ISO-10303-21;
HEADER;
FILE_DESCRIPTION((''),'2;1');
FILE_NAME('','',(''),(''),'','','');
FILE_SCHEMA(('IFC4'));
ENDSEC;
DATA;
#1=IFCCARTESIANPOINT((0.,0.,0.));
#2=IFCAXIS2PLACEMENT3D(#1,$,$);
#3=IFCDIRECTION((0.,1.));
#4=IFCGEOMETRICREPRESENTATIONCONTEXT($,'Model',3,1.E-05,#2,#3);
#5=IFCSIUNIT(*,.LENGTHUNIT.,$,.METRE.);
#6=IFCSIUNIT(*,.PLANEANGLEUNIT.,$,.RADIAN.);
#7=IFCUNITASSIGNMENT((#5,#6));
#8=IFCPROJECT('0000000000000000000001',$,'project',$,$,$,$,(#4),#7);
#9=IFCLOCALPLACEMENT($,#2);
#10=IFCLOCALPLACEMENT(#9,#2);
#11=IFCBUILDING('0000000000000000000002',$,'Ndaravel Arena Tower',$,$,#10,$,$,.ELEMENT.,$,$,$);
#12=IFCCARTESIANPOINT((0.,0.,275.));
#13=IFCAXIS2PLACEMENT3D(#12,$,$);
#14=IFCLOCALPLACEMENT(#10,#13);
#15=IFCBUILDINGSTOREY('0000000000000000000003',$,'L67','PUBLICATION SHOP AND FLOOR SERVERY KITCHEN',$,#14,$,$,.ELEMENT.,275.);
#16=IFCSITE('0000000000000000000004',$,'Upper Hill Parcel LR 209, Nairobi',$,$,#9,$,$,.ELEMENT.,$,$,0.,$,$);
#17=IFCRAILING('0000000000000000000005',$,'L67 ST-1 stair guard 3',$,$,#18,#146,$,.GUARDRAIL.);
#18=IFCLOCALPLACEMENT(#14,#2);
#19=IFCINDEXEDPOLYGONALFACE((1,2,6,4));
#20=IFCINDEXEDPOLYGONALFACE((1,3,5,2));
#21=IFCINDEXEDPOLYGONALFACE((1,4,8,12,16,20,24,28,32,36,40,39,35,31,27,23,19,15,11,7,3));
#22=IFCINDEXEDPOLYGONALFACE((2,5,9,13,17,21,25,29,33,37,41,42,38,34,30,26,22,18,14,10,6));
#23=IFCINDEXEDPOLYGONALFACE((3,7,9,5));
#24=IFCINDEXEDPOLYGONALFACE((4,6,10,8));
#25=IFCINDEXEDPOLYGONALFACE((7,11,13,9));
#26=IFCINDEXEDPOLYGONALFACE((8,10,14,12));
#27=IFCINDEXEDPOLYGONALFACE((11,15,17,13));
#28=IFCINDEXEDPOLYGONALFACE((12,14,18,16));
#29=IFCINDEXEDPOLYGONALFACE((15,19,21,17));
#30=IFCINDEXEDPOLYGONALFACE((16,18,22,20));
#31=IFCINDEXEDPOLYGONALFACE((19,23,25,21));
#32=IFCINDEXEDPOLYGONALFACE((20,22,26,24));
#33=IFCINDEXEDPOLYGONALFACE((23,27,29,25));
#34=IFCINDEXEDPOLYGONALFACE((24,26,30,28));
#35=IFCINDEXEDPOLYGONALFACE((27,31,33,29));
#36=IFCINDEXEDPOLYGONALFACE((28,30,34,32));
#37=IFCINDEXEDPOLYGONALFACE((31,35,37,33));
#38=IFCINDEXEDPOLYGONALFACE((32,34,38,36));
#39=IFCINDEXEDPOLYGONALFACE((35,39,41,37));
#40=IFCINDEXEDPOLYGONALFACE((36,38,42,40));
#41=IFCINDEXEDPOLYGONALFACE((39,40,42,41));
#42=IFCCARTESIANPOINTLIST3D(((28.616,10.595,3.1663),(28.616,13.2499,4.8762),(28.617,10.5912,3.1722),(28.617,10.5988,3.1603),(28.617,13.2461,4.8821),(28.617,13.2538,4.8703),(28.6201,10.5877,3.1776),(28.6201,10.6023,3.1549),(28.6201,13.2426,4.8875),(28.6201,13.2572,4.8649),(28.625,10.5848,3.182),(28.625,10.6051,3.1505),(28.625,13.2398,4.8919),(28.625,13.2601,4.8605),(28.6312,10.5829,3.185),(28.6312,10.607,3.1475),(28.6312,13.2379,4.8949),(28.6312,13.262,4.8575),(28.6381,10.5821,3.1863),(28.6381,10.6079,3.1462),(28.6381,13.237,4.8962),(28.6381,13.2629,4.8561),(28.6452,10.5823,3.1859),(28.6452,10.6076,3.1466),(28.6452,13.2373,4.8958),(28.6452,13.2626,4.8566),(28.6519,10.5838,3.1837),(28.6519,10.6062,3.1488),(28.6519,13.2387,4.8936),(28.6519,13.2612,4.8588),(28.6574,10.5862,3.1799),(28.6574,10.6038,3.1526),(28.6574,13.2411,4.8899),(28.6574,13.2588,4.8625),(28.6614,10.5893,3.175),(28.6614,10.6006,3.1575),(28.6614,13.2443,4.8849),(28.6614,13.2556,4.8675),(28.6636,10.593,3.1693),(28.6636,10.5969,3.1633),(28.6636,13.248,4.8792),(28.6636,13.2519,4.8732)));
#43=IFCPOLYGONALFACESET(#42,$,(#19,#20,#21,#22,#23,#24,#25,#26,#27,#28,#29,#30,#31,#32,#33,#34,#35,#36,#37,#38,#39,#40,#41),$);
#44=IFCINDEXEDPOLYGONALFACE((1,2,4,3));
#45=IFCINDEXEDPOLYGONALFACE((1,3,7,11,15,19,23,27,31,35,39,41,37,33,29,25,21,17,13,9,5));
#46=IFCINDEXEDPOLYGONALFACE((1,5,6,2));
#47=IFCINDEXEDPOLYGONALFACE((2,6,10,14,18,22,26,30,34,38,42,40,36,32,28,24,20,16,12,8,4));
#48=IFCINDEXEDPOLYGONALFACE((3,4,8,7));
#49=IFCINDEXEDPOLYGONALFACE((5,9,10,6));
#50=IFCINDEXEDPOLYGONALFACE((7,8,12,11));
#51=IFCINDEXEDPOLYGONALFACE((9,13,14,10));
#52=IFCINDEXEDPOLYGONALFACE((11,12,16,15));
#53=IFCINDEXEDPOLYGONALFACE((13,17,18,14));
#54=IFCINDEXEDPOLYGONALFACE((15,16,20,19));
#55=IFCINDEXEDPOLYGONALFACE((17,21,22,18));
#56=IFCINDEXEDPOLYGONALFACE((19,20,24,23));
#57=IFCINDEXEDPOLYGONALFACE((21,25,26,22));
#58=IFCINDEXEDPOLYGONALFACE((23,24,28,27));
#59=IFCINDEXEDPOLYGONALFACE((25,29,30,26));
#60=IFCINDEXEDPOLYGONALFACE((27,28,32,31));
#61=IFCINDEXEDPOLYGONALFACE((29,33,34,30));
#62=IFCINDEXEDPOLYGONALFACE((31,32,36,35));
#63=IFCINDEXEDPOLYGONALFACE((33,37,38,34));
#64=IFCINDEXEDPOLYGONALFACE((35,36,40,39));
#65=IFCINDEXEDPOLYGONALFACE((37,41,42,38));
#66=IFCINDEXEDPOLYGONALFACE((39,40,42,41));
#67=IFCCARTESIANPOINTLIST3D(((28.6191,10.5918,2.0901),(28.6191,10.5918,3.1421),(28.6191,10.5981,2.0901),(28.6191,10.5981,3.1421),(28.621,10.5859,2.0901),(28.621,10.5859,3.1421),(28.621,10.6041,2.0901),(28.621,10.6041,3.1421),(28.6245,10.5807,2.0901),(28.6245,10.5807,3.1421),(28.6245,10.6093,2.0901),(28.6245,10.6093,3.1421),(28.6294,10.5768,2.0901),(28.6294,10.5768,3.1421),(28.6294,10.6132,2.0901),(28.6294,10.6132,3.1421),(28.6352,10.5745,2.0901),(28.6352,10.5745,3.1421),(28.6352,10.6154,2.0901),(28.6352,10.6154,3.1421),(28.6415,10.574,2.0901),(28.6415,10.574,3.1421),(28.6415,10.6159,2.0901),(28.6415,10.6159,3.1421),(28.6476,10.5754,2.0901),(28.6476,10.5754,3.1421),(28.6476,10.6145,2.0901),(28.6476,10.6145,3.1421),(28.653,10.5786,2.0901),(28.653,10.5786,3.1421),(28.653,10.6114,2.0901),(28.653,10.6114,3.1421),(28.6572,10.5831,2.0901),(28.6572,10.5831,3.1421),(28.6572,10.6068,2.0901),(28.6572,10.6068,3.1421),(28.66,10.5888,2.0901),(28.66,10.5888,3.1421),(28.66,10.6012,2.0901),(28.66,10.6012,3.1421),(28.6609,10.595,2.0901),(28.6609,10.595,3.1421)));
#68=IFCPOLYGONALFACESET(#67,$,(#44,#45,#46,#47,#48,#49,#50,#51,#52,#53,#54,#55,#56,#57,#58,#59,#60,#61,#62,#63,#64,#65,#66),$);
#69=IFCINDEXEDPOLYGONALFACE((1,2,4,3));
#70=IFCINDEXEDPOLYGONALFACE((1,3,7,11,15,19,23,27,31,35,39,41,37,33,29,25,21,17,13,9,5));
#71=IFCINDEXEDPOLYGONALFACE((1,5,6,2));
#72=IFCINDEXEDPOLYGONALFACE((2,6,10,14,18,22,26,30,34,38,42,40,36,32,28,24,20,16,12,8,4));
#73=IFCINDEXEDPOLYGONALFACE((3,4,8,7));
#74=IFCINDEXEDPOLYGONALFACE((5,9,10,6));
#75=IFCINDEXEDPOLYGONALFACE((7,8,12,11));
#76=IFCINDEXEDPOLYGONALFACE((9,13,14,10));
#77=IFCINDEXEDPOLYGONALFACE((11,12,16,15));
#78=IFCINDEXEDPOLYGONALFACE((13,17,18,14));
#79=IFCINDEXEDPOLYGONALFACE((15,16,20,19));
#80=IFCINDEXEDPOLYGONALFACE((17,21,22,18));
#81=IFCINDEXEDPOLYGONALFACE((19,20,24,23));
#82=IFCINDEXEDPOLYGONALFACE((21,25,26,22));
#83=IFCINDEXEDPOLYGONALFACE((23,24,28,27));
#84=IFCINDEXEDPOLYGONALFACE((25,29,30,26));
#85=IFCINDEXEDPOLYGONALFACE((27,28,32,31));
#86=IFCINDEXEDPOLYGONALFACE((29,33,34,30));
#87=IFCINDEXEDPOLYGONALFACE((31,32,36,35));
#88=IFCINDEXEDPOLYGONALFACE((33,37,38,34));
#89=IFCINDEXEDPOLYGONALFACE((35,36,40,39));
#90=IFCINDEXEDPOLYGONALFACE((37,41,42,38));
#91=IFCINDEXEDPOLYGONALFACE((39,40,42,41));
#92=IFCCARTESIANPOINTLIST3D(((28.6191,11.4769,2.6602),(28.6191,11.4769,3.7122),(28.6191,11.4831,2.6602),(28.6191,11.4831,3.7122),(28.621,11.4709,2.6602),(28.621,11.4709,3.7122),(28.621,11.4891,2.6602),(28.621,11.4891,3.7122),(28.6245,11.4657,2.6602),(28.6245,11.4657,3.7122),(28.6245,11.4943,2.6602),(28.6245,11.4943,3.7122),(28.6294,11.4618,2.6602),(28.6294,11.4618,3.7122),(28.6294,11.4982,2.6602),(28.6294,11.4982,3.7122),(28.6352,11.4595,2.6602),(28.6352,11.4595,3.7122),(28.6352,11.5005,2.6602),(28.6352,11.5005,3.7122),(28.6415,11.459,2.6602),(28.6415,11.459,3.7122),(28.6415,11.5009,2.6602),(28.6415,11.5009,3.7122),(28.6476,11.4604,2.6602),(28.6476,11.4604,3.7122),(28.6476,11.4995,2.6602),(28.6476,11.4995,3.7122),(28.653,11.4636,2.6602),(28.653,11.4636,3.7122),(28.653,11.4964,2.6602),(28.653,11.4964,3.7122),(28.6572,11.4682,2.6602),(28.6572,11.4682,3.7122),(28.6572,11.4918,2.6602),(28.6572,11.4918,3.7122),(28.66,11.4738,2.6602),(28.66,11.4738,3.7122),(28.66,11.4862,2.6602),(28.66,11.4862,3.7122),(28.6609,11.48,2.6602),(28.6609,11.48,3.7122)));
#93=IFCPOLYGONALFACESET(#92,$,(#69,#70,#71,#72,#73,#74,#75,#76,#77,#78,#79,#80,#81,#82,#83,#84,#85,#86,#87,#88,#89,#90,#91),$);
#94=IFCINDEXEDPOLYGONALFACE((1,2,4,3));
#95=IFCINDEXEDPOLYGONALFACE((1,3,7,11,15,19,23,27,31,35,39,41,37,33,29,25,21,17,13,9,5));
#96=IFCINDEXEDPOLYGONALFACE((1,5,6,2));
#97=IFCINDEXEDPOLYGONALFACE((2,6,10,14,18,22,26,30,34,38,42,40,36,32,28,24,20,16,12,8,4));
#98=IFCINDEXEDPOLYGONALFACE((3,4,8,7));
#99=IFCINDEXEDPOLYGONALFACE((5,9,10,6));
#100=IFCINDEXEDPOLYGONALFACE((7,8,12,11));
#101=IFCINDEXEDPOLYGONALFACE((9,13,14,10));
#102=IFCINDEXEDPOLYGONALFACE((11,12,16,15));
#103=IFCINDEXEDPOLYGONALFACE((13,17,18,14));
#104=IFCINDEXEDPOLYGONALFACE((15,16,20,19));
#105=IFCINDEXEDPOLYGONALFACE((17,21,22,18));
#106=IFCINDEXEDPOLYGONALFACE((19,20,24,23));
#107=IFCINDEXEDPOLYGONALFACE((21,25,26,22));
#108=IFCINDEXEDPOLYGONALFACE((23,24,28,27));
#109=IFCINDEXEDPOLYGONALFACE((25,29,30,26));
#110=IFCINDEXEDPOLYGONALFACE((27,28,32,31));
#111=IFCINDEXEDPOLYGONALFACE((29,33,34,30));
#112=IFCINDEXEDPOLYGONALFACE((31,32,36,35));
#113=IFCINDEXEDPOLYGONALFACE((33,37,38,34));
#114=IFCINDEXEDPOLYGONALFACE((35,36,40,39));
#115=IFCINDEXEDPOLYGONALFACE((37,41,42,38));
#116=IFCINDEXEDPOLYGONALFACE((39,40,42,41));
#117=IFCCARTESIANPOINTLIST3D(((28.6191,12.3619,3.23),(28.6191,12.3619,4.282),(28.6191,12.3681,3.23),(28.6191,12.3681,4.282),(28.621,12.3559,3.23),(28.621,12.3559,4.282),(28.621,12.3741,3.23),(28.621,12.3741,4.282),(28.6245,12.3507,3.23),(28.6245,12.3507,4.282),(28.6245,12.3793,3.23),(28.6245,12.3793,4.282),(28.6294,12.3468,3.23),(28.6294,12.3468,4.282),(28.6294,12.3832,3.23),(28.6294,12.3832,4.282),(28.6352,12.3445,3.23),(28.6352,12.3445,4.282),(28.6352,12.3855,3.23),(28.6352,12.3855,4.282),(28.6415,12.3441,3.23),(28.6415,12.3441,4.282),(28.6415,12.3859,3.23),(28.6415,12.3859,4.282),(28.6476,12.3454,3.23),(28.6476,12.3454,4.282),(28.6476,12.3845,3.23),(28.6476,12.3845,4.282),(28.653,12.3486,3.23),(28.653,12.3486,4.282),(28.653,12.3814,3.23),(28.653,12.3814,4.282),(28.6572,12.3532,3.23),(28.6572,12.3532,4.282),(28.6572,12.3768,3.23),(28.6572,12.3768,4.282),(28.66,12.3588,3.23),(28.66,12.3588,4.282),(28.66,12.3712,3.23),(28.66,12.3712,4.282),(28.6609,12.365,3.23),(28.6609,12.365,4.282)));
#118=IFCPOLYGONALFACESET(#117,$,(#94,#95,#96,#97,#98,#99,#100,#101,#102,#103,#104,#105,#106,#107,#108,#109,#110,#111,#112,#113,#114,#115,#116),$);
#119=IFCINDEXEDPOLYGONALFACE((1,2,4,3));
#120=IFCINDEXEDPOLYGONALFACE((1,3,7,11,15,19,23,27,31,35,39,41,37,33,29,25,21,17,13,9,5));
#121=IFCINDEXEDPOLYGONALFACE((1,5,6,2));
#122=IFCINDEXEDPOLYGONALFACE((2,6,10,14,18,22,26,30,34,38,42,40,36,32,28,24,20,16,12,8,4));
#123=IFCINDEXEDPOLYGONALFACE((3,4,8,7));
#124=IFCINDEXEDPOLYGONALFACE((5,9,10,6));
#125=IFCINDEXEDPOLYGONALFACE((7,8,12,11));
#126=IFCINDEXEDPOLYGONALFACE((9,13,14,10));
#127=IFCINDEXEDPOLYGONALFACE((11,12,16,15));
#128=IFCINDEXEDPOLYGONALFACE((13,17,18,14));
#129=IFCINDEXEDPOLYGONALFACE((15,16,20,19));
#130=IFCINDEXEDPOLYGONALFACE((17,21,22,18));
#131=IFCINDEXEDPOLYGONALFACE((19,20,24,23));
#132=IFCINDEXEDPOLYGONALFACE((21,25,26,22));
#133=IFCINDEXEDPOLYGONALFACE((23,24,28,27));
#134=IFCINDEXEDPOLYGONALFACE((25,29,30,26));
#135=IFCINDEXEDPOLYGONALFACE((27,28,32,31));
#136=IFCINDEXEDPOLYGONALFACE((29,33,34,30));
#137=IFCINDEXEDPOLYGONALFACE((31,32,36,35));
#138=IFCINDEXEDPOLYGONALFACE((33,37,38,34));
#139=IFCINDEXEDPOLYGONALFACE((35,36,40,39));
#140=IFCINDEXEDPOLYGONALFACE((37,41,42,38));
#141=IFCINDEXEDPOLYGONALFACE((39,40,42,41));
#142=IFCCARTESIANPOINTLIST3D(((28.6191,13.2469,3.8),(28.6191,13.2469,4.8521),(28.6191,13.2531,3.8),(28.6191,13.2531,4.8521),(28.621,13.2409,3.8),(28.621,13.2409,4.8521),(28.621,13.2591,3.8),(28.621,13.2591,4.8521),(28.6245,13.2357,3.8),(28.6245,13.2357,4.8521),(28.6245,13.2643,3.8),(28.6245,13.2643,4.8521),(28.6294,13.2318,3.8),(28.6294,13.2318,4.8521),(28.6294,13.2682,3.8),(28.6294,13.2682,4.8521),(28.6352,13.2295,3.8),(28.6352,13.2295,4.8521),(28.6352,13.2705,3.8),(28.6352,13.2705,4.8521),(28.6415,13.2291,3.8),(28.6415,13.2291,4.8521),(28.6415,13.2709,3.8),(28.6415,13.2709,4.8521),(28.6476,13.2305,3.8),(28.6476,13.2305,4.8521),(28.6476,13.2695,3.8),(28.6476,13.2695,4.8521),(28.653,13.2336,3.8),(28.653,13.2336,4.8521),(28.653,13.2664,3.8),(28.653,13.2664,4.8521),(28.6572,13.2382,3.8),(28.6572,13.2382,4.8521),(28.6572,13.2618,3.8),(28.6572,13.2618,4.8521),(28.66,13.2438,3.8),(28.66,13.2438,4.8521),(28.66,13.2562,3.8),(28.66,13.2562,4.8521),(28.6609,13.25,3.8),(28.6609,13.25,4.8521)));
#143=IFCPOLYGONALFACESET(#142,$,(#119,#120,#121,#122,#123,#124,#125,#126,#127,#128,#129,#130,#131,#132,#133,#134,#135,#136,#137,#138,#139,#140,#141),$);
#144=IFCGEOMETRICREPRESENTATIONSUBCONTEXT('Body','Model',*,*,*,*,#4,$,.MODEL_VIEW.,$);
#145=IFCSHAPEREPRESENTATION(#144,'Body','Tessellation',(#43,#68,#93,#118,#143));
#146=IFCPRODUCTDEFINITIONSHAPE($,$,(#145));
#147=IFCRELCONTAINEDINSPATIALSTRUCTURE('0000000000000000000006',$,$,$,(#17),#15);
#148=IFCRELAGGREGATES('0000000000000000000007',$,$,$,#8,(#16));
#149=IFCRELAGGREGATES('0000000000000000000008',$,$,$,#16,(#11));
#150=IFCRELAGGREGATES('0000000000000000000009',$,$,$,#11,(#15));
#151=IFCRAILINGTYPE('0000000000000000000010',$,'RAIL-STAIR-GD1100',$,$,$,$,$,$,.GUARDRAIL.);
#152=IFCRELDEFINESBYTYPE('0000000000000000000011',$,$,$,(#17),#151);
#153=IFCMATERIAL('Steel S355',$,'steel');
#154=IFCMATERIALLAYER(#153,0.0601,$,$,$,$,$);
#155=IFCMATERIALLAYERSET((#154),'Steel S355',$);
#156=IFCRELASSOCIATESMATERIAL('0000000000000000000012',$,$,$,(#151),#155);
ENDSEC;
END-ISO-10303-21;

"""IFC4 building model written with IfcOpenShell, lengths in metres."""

from ifc_helpers import new_model, si_unit, direction, frame, origin, origin_2d, place, context, subcontext, project, spatial, circle, extrude, material, layer, layer_set, type_object, element, save


model = new_model("IFC4")

# Units and contexts
model_context = context("Model", 3, precision=1e-05, world=origin(), true_north=direction((0.0, 1.0)))
body_context = subcontext(model_context, "Body", "Model", "MODEL_VIEW")
ifc_project = project(units=[si_unit("LENGTHUNIT", "METRE"), si_unit("PLANEANGLEUNIT", "RADIAN")], contexts=[model_context])

# Site, building, storey
site_placement = place(None, origin())
site = spatial("IfcSite", under=ifc_project, at=site_placement, Name="Upper Hill Parcel LR 209, Nairobi", CompositionType="ELEMENT", RefElevation=0.0)
building_placement = place(site_placement, origin())
building = spatial("IfcBuilding", under=site, at=building_placement, Name="Ndaravel Arena Tower", CompositionType="ELEMENT")
storey_placement = place(building_placement, frame((0.0, 0.0, 275.0)))
storey = spatial("IfcBuildingStorey", under=building, at=storey_placement, Name="L67", Description="PUBLICATION SHOP AND FLOOR SERVERY KITCHEN", CompositionType="ELEMENT", Elevation=275.0)

# Railing
ifc_material_1 = material(Name="Steel S355", Category="steel")
ifc_layer_1 = layer(ifc_material_1, 0.0601)
ifc_layer_set_1 = layer_set([ifc_layer_1], Name="Steel S355")
railing_type_1 = type_object("IfcRailingType", Name="RAIL-STAIR-GD1100", PredefinedType="GUARDRAIL", material=ifc_layer_set_1)
railing_1_placement = place(storey_placement, frame((28.6399, 10.595, 2.0901)))
element("IfcRailing", 1, at=railing_1_placement, inside=storey, type_object=railing_type_1, Name="L67 ST-1 stair guard 3", PredefinedType="GUARDRAIL", context=body_context, shape_type="SweptSolid", body=[
    extrude(circle(Radius=0.0239, at=origin_2d()), frame((0.0, 0.0, 1.0762), z_axis=(0.0, 0.840724, 0.541465), x_axis=(-1.0, 0.0, 0.0)), (0.0, 0.0, 1.0), 3.158),
    extrude(circle(Radius=0.021, at=origin_2d()), origin(), (0.0, 0.0, 1.0), 1.052),
    extrude(circle(Radius=0.021, at=origin_2d()), frame((0.0, 0.885, 0.5701)), (0.0, 0.0, 1.0), 1.052),
    extrude(circle(Radius=0.021, at=origin_2d()), frame((0.0, 1.77, 1.1399)), (0.0, 0.0, 1.0), 1.052),
    extrude(circle(Radius=0.021, at=origin_2d()), frame((0.0, 2.655, 1.71)), (0.0, 0.0, 1.0), 1.052),
])

save(model, "model.ifc")
